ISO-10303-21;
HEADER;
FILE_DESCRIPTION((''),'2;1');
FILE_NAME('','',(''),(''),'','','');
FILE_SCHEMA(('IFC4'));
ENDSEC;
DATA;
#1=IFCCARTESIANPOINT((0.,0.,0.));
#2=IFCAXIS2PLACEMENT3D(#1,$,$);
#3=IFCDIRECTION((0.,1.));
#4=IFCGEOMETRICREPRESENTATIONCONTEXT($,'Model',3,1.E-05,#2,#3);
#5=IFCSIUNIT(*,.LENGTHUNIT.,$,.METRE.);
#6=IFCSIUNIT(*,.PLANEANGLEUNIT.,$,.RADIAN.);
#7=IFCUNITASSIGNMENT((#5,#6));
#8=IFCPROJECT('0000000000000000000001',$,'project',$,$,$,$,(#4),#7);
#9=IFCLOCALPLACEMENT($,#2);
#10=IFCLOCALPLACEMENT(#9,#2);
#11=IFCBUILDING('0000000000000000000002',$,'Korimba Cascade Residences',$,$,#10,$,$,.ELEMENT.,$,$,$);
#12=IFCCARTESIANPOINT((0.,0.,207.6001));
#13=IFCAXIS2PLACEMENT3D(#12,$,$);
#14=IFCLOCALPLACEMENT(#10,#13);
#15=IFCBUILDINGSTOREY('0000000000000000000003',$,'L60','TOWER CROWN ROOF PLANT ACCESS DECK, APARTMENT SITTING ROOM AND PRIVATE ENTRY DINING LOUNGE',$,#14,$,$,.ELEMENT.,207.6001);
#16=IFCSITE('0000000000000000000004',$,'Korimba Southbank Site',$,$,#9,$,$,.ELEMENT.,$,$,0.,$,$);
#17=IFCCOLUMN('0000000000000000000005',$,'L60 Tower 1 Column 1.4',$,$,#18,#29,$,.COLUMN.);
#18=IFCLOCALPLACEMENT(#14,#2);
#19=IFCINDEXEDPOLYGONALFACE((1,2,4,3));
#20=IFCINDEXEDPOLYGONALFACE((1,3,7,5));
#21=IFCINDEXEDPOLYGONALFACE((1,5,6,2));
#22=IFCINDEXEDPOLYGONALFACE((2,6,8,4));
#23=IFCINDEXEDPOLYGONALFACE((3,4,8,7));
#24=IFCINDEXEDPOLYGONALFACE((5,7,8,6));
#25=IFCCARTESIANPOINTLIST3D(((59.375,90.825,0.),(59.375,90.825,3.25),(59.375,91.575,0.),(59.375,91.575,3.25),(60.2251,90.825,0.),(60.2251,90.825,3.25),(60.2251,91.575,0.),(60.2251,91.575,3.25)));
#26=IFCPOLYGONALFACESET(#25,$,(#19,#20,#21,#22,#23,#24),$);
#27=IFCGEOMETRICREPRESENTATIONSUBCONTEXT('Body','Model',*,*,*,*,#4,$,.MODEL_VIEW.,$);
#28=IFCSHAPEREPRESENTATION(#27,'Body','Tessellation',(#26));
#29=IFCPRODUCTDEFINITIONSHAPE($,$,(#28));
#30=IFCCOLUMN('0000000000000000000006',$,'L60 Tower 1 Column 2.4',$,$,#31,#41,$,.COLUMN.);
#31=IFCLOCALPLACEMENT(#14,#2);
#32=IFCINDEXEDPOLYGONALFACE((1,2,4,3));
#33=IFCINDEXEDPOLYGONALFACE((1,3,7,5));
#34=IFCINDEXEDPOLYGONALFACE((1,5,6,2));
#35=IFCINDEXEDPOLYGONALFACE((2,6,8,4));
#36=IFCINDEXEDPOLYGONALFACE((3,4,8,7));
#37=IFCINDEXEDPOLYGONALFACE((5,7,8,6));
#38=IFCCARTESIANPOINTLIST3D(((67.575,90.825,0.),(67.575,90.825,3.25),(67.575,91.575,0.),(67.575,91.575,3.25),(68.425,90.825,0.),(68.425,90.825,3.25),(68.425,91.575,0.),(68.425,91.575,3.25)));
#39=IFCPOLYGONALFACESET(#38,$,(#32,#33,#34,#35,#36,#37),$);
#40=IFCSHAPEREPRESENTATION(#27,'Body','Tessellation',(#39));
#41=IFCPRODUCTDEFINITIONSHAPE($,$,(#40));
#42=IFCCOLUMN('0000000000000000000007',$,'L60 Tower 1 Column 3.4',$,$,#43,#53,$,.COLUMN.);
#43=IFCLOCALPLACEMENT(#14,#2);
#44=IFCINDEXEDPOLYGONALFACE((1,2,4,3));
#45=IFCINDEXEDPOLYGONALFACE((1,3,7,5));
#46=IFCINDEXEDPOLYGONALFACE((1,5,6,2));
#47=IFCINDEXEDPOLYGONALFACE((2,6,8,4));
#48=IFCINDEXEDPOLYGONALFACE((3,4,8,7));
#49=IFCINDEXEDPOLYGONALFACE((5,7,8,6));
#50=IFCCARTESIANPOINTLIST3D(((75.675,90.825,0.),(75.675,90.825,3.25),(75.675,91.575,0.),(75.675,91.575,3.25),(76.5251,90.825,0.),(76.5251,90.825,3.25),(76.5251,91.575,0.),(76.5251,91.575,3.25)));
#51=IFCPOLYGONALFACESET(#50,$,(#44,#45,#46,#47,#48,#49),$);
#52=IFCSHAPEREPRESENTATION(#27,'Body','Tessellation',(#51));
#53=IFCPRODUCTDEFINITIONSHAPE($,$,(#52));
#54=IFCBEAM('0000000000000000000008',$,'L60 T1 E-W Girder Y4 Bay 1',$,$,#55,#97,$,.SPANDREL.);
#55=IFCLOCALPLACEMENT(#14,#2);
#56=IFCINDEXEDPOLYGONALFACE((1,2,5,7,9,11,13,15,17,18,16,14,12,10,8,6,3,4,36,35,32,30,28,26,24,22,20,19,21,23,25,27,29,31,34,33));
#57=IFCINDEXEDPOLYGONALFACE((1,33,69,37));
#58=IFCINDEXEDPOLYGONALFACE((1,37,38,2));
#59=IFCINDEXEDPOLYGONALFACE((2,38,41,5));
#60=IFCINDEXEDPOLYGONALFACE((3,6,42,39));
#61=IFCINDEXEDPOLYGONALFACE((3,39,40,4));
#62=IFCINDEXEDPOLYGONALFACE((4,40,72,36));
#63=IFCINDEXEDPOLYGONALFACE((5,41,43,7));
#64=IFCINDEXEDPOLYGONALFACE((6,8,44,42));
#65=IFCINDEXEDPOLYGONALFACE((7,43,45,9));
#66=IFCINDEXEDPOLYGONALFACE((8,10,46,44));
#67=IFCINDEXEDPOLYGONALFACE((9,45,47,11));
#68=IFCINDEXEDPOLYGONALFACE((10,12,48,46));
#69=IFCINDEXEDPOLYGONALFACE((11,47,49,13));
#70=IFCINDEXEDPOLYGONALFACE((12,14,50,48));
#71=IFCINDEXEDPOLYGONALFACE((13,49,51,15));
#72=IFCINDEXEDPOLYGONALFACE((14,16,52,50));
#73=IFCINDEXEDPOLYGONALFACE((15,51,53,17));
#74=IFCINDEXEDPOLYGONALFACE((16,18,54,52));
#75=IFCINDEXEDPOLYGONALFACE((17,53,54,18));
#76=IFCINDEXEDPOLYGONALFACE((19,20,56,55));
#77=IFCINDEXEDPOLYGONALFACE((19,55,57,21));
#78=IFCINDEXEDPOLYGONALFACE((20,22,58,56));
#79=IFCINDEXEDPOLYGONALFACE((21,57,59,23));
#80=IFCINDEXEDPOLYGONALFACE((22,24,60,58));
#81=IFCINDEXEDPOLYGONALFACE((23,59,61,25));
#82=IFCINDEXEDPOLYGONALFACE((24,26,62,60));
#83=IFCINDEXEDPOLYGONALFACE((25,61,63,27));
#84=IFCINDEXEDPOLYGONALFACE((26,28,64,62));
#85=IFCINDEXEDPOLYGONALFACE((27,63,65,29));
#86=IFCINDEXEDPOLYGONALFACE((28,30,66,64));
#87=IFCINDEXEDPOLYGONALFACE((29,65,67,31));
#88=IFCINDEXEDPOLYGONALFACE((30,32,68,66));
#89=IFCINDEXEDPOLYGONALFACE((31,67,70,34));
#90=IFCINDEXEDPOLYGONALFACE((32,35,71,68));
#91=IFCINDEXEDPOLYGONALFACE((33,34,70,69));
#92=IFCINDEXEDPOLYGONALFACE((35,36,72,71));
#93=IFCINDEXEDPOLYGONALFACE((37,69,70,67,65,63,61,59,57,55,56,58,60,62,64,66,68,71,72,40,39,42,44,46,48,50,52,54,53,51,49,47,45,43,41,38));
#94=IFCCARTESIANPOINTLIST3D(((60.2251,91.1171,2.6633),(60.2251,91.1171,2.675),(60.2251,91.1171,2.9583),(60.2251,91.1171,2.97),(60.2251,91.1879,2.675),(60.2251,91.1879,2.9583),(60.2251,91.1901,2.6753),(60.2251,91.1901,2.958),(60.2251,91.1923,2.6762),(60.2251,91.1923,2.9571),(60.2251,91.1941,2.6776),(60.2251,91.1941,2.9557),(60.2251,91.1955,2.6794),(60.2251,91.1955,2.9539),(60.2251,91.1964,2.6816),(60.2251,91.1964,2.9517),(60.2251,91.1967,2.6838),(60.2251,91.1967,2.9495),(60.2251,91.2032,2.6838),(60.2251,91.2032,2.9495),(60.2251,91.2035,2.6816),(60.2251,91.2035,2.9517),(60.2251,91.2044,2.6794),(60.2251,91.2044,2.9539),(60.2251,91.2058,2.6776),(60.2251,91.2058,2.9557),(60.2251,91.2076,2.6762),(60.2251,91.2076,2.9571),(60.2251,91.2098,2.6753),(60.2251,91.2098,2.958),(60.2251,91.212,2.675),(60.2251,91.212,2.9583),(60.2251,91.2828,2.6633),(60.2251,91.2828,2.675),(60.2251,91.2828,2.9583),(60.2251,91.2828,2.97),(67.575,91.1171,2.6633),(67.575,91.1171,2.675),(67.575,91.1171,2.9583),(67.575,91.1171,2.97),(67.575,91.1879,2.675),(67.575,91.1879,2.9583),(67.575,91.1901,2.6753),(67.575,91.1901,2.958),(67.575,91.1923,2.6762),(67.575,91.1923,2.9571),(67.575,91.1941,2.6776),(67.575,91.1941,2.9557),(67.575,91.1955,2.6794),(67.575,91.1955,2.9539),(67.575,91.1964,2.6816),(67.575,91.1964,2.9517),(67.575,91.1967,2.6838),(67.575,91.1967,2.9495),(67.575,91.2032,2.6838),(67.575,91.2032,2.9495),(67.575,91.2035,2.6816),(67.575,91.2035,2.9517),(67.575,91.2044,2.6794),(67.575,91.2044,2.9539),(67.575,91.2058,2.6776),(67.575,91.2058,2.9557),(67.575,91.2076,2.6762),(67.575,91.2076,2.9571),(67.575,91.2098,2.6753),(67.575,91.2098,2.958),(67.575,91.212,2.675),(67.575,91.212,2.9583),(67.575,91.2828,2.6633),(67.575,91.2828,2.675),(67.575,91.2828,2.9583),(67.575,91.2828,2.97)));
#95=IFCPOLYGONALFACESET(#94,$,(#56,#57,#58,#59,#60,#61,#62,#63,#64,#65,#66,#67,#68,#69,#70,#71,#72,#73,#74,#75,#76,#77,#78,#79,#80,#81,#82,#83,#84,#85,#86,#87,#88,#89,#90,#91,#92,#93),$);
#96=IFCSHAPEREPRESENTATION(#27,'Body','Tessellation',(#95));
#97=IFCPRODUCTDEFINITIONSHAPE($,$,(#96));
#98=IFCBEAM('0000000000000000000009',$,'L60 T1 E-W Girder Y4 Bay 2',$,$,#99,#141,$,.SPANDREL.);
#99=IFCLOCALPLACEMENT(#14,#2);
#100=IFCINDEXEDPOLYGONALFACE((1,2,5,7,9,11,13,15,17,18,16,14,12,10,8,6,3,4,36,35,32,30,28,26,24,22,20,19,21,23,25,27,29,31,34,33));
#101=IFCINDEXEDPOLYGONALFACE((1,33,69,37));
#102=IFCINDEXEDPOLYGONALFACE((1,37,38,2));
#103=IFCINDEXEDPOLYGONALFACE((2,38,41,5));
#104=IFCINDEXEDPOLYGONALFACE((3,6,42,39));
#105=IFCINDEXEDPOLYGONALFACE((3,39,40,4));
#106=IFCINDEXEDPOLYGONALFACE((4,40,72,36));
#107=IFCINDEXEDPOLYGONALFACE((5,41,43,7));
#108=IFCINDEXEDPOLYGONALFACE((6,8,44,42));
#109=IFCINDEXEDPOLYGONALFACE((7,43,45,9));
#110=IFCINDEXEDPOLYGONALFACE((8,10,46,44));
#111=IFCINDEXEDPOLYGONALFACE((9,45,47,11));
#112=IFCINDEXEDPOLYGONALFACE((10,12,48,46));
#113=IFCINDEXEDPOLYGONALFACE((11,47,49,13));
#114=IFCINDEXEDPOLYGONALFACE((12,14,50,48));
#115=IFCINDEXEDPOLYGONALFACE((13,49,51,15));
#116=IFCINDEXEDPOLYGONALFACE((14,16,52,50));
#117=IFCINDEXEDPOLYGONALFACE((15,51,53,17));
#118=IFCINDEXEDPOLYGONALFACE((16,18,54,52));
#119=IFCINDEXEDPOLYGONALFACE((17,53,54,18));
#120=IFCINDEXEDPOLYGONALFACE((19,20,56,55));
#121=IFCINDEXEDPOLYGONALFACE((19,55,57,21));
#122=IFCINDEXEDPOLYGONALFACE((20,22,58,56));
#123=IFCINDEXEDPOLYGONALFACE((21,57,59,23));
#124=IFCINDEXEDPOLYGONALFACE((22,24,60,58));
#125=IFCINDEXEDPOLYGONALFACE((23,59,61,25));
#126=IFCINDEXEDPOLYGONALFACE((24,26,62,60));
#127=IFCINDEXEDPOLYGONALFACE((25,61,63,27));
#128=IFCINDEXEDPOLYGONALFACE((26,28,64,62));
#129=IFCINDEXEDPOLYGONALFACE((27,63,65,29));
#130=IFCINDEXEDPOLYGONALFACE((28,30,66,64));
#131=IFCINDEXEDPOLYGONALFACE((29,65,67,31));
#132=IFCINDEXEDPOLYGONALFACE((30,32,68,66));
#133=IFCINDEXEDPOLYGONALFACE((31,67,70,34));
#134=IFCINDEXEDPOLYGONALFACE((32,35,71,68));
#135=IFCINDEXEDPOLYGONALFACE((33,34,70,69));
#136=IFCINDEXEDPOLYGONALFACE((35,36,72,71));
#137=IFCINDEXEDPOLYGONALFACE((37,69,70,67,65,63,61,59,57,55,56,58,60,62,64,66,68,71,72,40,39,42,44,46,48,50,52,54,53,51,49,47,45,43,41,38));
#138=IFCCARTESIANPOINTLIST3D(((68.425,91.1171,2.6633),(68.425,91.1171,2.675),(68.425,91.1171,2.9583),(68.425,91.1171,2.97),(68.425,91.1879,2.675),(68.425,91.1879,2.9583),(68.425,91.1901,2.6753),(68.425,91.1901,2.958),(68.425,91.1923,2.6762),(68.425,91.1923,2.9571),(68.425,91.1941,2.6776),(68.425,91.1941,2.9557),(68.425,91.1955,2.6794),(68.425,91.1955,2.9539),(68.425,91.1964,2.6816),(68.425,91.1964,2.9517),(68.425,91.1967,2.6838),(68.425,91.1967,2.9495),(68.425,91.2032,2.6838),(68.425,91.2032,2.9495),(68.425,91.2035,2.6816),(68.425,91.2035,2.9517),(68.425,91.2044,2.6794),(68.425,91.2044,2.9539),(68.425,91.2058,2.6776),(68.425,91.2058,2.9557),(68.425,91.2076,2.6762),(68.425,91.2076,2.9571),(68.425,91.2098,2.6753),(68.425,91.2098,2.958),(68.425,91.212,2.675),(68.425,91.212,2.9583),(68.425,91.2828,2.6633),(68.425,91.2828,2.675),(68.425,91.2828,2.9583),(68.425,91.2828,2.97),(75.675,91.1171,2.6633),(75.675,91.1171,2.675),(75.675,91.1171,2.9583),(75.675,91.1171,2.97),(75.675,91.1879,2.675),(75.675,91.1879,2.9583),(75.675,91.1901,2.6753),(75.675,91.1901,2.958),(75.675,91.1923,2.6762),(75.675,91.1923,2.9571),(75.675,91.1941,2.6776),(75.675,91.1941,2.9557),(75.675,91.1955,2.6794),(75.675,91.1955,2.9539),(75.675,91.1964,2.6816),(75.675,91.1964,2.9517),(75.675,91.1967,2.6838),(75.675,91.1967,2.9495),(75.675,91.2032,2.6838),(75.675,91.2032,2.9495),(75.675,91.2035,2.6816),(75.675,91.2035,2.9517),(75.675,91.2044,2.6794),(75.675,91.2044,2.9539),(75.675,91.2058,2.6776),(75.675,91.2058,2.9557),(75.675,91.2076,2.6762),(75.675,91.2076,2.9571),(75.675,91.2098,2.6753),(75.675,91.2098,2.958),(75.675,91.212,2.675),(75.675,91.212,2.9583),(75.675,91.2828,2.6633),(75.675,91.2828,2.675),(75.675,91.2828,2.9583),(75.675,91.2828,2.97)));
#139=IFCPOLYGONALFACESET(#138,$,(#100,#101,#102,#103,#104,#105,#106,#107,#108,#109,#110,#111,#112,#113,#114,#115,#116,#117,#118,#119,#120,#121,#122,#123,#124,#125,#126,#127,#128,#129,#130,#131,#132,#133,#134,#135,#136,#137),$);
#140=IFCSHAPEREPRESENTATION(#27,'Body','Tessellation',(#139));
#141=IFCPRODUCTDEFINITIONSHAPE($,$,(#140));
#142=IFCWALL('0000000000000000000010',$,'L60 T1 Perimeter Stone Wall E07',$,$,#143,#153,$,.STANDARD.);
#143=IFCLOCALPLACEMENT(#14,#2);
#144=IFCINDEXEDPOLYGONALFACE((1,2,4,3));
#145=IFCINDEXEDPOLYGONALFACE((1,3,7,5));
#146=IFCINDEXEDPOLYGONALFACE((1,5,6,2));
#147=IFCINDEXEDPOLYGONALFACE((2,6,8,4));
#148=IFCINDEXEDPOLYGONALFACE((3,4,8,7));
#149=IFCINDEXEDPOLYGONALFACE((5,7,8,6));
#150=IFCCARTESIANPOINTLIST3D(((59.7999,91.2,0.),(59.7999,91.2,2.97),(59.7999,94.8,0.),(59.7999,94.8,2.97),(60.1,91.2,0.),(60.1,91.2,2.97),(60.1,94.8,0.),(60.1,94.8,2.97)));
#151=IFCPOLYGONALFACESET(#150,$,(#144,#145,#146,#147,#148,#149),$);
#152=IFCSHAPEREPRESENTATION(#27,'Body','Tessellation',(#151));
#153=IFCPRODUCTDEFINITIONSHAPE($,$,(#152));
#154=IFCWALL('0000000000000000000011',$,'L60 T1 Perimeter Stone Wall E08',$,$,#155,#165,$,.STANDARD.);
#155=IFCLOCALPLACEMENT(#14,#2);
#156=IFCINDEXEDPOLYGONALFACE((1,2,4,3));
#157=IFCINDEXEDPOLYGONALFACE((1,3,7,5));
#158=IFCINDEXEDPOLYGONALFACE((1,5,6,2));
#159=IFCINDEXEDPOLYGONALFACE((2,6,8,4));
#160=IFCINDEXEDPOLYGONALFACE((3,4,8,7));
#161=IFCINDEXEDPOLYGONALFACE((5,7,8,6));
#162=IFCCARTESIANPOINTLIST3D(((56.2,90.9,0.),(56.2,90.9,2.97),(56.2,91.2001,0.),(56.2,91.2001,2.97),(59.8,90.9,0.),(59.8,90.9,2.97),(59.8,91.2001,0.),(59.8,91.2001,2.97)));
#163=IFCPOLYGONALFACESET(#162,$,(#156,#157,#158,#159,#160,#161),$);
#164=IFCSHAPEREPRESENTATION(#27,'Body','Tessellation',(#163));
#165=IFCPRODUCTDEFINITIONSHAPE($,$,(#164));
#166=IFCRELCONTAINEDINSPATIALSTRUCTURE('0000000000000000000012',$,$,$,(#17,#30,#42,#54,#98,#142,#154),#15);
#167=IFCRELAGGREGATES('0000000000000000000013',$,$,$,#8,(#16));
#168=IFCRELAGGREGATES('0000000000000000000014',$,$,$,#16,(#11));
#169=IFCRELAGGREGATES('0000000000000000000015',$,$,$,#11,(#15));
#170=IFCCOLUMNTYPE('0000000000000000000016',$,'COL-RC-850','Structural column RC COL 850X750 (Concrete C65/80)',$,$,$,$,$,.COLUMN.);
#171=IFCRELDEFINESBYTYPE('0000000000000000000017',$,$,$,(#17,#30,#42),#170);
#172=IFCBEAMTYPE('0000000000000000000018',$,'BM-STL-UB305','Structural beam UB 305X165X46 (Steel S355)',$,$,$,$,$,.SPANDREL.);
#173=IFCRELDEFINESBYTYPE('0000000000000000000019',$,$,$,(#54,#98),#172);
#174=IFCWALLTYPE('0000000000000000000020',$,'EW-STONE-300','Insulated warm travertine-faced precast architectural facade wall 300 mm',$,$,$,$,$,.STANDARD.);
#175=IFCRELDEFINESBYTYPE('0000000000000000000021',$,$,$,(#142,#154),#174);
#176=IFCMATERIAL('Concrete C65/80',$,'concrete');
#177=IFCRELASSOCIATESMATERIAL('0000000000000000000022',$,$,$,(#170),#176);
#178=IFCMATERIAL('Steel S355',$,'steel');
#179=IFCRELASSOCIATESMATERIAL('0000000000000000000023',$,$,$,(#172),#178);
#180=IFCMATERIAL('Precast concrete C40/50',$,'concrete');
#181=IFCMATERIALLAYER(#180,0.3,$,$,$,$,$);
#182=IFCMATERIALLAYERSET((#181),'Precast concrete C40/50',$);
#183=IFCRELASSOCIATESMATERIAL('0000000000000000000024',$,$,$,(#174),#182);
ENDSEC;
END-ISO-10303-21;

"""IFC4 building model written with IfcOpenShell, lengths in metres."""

from ifc_helpers import new_model, si_unit, direction, frame, frame_2d, origin, origin_2d, place, context, subcontext, project, spatial, rectangle, i_section, extrude, material, layer, layer_set, material_profile, profile_set, type_object, element, save


model = new_model("IFC4")

# Units and contexts
model_context = context("Model", 3, precision=1e-05, world=origin(), true_north=direction((0.0, 1.0)))
body_context = subcontext(model_context, "Body", "Model", "MODEL_VIEW")
ifc_project = project(units=[si_unit("LENGTHUNIT", "METRE"), si_unit("PLANEANGLEUNIT", "RADIAN")], contexts=[model_context])

# Site, building, storey
site_placement = place(None, origin())
site = spatial("IfcSite", under=ifc_project, at=site_placement, Name="Korimba Southbank Site", CompositionType="ELEMENT", RefElevation=0.0)
building_placement = place(site_placement, origin())
building = spatial("IfcBuilding", under=site, at=building_placement, Name="Korimba Cascade Residences", CompositionType="ELEMENT")
storey_placement = place(building_placement, frame((0.0, 0.0, 207.6001)))
storey = spatial("IfcBuildingStorey", under=building, at=storey_placement, Name="L60", Description="TOWER CROWN ROOF PLANT ACCESS DECK, APARTMENT SITTING ROOM AND PRIVATE ENTRY DINING LOUNGE", CompositionType="ELEMENT", Elevation=207.6001)

# Columns
ifc_material_1 = material(Name="Concrete C65/80", Category="concrete")
ifc_material_profile_1 = material_profile(ifc_material_1, rectangle(XDim=0.8501, YDim=0.75, at=origin_2d()), Name="Concrete C65/80")
ifc_profile_set_1 = profile_set([ifc_material_profile_1], Name="Concrete C65/80")
column_type = type_object("IfcColumnType", Name="COL-RC-850", Description="Structural column RC COL 850X750 (Concrete C65/80)", PredefinedType="COLUMN", material=ifc_profile_set_1)
for number, where, z_axis, x_axis, name in (
    (1, (59.8, 91.2, 0.0), (0.0, 0.0, 1.0), (1.0, 0.0, 0.0), "L60 Tower 1 Column 1.4"),
    (2, (68.0, 91.2, 0.0), (0.0, 0.0, 1.0), (1.0, 0.0, 0.0), "L60 Tower 1 Column 2.4"),
    (3, (76.1001, 91.2, 0.0), (0.0, 0.0, 1.0), (1.0, 0.0, 0.0), "L60 Tower 1 Column 3.4"),
):
    element("IfcColumn", number, at=place(storey_placement, frame(where, z_axis=z_axis, x_axis=x_axis)), inside=storey, type_object=column_type, Name=name, PredefinedType="COLUMN", context=body_context, shape_type="SweptSolid", body=[
        extrude(rectangle(XDim=0.8501, YDim=0.75, at=origin_2d()), origin(), (0.0, 0.0, 1.0), 3.25),
    ])

# Beams
ifc_material_2 = material(Name="Steel S355", Category="steel")
ifc_material_profile_2 = material_profile(ifc_material_2, i_section(OverallWidth=0.1658, OverallDepth=0.3066, WebThickness=0.0066, FlangeThickness=0.0117, FilletRadius=0.0088, at=origin_2d()), Name="Steel S355")
ifc_profile_set_2 = profile_set([ifc_material_profile_2], Name="Steel S355")
beam_type = type_object("IfcBeamType", Name="BM-STL-UB305", Description="Structural beam UB 305X165X46 (Steel S355)", PredefinedType="SPANDREL", material=ifc_profile_set_2)
beam_1_placement = place(storey_placement, frame((60.2251, 91.2, 2.8167), z_axis=(1.0, 0.0, 0.0), x_axis=(0.0, 1.0, 0.0)))
element("IfcBeam", 4, at=beam_1_placement, inside=storey, type_object=beam_type, Name="L60 T1 E-W Girder Y4 Bay 1", PredefinedType="SPANDREL", context=body_context, shape_type="SweptSolid", body=[
    extrude(i_section(OverallWidth=0.1658, OverallDepth=0.3066, WebThickness=0.0066, FlangeThickness=0.0117, FilletRadius=0.0088, at=origin_2d()), origin(), (0.0, 0.0, 1.0), 7.3499),
])
beam_2_placement = place(storey_placement, frame((68.425, 91.2, 2.8167), z_axis=(1.0, 0.0, 0.0), x_axis=(0.0, 1.0, 0.0)))
element("IfcBeam", 5, at=beam_2_placement, inside=storey, type_object=beam_type, Name="L60 T1 E-W Girder Y4 Bay 2", PredefinedType="SPANDREL", context=body_context, shape_type="SweptSolid", body=[
    extrude(i_section(OverallWidth=0.1658, OverallDepth=0.3066, WebThickness=0.0066, FlangeThickness=0.0117, FilletRadius=0.0088, at=origin_2d()), origin(), (0.0, 0.0, 1.0), 7.25),
])

# Walls
ifc_material_3 = material(Name="Precast concrete C40/50", Category="concrete")
ifc_layer_1 = layer(ifc_material_3, 0.3)
ifc_layer_set_1 = layer_set([ifc_layer_1], Name="Precast concrete C40/50")
wall_type_1 = type_object("IfcWallType", Name="EW-STONE-300", Description="Insulated warm travertine-faced precast architectural facade wall 300 mm", PredefinedType="STANDARD", material=ifc_layer_set_1)
for number, where, z_axis, x_axis, name in (
    (6, (59.95, 94.8, 0.0), (0.0, 0.0, 1.0), (0.0, -1.0, 0.0), "L60 T1 Perimeter Stone Wall E07"),
    (7, (59.8, 91.05, 0.0), (0.0, 0.0, 1.0), (-1.0, 0.0, 0.0), "L60 T1 Perimeter Stone Wall E08"),
):
    element("IfcWall", number, at=place(storey_placement, frame(where, z_axis=z_axis, x_axis=x_axis)), inside=storey, type_object=wall_type_1, Name=name, PredefinedType="STANDARD", context=body_context, shape_type="SweptSolid", body=[
        extrude(rectangle(XDim=3.6001, YDim=0.3, at=frame_2d((1.8, 0.0))), origin(), (0.0, 0.0, 1.0), 2.97),
    ])

save(model, "model.ifc")
